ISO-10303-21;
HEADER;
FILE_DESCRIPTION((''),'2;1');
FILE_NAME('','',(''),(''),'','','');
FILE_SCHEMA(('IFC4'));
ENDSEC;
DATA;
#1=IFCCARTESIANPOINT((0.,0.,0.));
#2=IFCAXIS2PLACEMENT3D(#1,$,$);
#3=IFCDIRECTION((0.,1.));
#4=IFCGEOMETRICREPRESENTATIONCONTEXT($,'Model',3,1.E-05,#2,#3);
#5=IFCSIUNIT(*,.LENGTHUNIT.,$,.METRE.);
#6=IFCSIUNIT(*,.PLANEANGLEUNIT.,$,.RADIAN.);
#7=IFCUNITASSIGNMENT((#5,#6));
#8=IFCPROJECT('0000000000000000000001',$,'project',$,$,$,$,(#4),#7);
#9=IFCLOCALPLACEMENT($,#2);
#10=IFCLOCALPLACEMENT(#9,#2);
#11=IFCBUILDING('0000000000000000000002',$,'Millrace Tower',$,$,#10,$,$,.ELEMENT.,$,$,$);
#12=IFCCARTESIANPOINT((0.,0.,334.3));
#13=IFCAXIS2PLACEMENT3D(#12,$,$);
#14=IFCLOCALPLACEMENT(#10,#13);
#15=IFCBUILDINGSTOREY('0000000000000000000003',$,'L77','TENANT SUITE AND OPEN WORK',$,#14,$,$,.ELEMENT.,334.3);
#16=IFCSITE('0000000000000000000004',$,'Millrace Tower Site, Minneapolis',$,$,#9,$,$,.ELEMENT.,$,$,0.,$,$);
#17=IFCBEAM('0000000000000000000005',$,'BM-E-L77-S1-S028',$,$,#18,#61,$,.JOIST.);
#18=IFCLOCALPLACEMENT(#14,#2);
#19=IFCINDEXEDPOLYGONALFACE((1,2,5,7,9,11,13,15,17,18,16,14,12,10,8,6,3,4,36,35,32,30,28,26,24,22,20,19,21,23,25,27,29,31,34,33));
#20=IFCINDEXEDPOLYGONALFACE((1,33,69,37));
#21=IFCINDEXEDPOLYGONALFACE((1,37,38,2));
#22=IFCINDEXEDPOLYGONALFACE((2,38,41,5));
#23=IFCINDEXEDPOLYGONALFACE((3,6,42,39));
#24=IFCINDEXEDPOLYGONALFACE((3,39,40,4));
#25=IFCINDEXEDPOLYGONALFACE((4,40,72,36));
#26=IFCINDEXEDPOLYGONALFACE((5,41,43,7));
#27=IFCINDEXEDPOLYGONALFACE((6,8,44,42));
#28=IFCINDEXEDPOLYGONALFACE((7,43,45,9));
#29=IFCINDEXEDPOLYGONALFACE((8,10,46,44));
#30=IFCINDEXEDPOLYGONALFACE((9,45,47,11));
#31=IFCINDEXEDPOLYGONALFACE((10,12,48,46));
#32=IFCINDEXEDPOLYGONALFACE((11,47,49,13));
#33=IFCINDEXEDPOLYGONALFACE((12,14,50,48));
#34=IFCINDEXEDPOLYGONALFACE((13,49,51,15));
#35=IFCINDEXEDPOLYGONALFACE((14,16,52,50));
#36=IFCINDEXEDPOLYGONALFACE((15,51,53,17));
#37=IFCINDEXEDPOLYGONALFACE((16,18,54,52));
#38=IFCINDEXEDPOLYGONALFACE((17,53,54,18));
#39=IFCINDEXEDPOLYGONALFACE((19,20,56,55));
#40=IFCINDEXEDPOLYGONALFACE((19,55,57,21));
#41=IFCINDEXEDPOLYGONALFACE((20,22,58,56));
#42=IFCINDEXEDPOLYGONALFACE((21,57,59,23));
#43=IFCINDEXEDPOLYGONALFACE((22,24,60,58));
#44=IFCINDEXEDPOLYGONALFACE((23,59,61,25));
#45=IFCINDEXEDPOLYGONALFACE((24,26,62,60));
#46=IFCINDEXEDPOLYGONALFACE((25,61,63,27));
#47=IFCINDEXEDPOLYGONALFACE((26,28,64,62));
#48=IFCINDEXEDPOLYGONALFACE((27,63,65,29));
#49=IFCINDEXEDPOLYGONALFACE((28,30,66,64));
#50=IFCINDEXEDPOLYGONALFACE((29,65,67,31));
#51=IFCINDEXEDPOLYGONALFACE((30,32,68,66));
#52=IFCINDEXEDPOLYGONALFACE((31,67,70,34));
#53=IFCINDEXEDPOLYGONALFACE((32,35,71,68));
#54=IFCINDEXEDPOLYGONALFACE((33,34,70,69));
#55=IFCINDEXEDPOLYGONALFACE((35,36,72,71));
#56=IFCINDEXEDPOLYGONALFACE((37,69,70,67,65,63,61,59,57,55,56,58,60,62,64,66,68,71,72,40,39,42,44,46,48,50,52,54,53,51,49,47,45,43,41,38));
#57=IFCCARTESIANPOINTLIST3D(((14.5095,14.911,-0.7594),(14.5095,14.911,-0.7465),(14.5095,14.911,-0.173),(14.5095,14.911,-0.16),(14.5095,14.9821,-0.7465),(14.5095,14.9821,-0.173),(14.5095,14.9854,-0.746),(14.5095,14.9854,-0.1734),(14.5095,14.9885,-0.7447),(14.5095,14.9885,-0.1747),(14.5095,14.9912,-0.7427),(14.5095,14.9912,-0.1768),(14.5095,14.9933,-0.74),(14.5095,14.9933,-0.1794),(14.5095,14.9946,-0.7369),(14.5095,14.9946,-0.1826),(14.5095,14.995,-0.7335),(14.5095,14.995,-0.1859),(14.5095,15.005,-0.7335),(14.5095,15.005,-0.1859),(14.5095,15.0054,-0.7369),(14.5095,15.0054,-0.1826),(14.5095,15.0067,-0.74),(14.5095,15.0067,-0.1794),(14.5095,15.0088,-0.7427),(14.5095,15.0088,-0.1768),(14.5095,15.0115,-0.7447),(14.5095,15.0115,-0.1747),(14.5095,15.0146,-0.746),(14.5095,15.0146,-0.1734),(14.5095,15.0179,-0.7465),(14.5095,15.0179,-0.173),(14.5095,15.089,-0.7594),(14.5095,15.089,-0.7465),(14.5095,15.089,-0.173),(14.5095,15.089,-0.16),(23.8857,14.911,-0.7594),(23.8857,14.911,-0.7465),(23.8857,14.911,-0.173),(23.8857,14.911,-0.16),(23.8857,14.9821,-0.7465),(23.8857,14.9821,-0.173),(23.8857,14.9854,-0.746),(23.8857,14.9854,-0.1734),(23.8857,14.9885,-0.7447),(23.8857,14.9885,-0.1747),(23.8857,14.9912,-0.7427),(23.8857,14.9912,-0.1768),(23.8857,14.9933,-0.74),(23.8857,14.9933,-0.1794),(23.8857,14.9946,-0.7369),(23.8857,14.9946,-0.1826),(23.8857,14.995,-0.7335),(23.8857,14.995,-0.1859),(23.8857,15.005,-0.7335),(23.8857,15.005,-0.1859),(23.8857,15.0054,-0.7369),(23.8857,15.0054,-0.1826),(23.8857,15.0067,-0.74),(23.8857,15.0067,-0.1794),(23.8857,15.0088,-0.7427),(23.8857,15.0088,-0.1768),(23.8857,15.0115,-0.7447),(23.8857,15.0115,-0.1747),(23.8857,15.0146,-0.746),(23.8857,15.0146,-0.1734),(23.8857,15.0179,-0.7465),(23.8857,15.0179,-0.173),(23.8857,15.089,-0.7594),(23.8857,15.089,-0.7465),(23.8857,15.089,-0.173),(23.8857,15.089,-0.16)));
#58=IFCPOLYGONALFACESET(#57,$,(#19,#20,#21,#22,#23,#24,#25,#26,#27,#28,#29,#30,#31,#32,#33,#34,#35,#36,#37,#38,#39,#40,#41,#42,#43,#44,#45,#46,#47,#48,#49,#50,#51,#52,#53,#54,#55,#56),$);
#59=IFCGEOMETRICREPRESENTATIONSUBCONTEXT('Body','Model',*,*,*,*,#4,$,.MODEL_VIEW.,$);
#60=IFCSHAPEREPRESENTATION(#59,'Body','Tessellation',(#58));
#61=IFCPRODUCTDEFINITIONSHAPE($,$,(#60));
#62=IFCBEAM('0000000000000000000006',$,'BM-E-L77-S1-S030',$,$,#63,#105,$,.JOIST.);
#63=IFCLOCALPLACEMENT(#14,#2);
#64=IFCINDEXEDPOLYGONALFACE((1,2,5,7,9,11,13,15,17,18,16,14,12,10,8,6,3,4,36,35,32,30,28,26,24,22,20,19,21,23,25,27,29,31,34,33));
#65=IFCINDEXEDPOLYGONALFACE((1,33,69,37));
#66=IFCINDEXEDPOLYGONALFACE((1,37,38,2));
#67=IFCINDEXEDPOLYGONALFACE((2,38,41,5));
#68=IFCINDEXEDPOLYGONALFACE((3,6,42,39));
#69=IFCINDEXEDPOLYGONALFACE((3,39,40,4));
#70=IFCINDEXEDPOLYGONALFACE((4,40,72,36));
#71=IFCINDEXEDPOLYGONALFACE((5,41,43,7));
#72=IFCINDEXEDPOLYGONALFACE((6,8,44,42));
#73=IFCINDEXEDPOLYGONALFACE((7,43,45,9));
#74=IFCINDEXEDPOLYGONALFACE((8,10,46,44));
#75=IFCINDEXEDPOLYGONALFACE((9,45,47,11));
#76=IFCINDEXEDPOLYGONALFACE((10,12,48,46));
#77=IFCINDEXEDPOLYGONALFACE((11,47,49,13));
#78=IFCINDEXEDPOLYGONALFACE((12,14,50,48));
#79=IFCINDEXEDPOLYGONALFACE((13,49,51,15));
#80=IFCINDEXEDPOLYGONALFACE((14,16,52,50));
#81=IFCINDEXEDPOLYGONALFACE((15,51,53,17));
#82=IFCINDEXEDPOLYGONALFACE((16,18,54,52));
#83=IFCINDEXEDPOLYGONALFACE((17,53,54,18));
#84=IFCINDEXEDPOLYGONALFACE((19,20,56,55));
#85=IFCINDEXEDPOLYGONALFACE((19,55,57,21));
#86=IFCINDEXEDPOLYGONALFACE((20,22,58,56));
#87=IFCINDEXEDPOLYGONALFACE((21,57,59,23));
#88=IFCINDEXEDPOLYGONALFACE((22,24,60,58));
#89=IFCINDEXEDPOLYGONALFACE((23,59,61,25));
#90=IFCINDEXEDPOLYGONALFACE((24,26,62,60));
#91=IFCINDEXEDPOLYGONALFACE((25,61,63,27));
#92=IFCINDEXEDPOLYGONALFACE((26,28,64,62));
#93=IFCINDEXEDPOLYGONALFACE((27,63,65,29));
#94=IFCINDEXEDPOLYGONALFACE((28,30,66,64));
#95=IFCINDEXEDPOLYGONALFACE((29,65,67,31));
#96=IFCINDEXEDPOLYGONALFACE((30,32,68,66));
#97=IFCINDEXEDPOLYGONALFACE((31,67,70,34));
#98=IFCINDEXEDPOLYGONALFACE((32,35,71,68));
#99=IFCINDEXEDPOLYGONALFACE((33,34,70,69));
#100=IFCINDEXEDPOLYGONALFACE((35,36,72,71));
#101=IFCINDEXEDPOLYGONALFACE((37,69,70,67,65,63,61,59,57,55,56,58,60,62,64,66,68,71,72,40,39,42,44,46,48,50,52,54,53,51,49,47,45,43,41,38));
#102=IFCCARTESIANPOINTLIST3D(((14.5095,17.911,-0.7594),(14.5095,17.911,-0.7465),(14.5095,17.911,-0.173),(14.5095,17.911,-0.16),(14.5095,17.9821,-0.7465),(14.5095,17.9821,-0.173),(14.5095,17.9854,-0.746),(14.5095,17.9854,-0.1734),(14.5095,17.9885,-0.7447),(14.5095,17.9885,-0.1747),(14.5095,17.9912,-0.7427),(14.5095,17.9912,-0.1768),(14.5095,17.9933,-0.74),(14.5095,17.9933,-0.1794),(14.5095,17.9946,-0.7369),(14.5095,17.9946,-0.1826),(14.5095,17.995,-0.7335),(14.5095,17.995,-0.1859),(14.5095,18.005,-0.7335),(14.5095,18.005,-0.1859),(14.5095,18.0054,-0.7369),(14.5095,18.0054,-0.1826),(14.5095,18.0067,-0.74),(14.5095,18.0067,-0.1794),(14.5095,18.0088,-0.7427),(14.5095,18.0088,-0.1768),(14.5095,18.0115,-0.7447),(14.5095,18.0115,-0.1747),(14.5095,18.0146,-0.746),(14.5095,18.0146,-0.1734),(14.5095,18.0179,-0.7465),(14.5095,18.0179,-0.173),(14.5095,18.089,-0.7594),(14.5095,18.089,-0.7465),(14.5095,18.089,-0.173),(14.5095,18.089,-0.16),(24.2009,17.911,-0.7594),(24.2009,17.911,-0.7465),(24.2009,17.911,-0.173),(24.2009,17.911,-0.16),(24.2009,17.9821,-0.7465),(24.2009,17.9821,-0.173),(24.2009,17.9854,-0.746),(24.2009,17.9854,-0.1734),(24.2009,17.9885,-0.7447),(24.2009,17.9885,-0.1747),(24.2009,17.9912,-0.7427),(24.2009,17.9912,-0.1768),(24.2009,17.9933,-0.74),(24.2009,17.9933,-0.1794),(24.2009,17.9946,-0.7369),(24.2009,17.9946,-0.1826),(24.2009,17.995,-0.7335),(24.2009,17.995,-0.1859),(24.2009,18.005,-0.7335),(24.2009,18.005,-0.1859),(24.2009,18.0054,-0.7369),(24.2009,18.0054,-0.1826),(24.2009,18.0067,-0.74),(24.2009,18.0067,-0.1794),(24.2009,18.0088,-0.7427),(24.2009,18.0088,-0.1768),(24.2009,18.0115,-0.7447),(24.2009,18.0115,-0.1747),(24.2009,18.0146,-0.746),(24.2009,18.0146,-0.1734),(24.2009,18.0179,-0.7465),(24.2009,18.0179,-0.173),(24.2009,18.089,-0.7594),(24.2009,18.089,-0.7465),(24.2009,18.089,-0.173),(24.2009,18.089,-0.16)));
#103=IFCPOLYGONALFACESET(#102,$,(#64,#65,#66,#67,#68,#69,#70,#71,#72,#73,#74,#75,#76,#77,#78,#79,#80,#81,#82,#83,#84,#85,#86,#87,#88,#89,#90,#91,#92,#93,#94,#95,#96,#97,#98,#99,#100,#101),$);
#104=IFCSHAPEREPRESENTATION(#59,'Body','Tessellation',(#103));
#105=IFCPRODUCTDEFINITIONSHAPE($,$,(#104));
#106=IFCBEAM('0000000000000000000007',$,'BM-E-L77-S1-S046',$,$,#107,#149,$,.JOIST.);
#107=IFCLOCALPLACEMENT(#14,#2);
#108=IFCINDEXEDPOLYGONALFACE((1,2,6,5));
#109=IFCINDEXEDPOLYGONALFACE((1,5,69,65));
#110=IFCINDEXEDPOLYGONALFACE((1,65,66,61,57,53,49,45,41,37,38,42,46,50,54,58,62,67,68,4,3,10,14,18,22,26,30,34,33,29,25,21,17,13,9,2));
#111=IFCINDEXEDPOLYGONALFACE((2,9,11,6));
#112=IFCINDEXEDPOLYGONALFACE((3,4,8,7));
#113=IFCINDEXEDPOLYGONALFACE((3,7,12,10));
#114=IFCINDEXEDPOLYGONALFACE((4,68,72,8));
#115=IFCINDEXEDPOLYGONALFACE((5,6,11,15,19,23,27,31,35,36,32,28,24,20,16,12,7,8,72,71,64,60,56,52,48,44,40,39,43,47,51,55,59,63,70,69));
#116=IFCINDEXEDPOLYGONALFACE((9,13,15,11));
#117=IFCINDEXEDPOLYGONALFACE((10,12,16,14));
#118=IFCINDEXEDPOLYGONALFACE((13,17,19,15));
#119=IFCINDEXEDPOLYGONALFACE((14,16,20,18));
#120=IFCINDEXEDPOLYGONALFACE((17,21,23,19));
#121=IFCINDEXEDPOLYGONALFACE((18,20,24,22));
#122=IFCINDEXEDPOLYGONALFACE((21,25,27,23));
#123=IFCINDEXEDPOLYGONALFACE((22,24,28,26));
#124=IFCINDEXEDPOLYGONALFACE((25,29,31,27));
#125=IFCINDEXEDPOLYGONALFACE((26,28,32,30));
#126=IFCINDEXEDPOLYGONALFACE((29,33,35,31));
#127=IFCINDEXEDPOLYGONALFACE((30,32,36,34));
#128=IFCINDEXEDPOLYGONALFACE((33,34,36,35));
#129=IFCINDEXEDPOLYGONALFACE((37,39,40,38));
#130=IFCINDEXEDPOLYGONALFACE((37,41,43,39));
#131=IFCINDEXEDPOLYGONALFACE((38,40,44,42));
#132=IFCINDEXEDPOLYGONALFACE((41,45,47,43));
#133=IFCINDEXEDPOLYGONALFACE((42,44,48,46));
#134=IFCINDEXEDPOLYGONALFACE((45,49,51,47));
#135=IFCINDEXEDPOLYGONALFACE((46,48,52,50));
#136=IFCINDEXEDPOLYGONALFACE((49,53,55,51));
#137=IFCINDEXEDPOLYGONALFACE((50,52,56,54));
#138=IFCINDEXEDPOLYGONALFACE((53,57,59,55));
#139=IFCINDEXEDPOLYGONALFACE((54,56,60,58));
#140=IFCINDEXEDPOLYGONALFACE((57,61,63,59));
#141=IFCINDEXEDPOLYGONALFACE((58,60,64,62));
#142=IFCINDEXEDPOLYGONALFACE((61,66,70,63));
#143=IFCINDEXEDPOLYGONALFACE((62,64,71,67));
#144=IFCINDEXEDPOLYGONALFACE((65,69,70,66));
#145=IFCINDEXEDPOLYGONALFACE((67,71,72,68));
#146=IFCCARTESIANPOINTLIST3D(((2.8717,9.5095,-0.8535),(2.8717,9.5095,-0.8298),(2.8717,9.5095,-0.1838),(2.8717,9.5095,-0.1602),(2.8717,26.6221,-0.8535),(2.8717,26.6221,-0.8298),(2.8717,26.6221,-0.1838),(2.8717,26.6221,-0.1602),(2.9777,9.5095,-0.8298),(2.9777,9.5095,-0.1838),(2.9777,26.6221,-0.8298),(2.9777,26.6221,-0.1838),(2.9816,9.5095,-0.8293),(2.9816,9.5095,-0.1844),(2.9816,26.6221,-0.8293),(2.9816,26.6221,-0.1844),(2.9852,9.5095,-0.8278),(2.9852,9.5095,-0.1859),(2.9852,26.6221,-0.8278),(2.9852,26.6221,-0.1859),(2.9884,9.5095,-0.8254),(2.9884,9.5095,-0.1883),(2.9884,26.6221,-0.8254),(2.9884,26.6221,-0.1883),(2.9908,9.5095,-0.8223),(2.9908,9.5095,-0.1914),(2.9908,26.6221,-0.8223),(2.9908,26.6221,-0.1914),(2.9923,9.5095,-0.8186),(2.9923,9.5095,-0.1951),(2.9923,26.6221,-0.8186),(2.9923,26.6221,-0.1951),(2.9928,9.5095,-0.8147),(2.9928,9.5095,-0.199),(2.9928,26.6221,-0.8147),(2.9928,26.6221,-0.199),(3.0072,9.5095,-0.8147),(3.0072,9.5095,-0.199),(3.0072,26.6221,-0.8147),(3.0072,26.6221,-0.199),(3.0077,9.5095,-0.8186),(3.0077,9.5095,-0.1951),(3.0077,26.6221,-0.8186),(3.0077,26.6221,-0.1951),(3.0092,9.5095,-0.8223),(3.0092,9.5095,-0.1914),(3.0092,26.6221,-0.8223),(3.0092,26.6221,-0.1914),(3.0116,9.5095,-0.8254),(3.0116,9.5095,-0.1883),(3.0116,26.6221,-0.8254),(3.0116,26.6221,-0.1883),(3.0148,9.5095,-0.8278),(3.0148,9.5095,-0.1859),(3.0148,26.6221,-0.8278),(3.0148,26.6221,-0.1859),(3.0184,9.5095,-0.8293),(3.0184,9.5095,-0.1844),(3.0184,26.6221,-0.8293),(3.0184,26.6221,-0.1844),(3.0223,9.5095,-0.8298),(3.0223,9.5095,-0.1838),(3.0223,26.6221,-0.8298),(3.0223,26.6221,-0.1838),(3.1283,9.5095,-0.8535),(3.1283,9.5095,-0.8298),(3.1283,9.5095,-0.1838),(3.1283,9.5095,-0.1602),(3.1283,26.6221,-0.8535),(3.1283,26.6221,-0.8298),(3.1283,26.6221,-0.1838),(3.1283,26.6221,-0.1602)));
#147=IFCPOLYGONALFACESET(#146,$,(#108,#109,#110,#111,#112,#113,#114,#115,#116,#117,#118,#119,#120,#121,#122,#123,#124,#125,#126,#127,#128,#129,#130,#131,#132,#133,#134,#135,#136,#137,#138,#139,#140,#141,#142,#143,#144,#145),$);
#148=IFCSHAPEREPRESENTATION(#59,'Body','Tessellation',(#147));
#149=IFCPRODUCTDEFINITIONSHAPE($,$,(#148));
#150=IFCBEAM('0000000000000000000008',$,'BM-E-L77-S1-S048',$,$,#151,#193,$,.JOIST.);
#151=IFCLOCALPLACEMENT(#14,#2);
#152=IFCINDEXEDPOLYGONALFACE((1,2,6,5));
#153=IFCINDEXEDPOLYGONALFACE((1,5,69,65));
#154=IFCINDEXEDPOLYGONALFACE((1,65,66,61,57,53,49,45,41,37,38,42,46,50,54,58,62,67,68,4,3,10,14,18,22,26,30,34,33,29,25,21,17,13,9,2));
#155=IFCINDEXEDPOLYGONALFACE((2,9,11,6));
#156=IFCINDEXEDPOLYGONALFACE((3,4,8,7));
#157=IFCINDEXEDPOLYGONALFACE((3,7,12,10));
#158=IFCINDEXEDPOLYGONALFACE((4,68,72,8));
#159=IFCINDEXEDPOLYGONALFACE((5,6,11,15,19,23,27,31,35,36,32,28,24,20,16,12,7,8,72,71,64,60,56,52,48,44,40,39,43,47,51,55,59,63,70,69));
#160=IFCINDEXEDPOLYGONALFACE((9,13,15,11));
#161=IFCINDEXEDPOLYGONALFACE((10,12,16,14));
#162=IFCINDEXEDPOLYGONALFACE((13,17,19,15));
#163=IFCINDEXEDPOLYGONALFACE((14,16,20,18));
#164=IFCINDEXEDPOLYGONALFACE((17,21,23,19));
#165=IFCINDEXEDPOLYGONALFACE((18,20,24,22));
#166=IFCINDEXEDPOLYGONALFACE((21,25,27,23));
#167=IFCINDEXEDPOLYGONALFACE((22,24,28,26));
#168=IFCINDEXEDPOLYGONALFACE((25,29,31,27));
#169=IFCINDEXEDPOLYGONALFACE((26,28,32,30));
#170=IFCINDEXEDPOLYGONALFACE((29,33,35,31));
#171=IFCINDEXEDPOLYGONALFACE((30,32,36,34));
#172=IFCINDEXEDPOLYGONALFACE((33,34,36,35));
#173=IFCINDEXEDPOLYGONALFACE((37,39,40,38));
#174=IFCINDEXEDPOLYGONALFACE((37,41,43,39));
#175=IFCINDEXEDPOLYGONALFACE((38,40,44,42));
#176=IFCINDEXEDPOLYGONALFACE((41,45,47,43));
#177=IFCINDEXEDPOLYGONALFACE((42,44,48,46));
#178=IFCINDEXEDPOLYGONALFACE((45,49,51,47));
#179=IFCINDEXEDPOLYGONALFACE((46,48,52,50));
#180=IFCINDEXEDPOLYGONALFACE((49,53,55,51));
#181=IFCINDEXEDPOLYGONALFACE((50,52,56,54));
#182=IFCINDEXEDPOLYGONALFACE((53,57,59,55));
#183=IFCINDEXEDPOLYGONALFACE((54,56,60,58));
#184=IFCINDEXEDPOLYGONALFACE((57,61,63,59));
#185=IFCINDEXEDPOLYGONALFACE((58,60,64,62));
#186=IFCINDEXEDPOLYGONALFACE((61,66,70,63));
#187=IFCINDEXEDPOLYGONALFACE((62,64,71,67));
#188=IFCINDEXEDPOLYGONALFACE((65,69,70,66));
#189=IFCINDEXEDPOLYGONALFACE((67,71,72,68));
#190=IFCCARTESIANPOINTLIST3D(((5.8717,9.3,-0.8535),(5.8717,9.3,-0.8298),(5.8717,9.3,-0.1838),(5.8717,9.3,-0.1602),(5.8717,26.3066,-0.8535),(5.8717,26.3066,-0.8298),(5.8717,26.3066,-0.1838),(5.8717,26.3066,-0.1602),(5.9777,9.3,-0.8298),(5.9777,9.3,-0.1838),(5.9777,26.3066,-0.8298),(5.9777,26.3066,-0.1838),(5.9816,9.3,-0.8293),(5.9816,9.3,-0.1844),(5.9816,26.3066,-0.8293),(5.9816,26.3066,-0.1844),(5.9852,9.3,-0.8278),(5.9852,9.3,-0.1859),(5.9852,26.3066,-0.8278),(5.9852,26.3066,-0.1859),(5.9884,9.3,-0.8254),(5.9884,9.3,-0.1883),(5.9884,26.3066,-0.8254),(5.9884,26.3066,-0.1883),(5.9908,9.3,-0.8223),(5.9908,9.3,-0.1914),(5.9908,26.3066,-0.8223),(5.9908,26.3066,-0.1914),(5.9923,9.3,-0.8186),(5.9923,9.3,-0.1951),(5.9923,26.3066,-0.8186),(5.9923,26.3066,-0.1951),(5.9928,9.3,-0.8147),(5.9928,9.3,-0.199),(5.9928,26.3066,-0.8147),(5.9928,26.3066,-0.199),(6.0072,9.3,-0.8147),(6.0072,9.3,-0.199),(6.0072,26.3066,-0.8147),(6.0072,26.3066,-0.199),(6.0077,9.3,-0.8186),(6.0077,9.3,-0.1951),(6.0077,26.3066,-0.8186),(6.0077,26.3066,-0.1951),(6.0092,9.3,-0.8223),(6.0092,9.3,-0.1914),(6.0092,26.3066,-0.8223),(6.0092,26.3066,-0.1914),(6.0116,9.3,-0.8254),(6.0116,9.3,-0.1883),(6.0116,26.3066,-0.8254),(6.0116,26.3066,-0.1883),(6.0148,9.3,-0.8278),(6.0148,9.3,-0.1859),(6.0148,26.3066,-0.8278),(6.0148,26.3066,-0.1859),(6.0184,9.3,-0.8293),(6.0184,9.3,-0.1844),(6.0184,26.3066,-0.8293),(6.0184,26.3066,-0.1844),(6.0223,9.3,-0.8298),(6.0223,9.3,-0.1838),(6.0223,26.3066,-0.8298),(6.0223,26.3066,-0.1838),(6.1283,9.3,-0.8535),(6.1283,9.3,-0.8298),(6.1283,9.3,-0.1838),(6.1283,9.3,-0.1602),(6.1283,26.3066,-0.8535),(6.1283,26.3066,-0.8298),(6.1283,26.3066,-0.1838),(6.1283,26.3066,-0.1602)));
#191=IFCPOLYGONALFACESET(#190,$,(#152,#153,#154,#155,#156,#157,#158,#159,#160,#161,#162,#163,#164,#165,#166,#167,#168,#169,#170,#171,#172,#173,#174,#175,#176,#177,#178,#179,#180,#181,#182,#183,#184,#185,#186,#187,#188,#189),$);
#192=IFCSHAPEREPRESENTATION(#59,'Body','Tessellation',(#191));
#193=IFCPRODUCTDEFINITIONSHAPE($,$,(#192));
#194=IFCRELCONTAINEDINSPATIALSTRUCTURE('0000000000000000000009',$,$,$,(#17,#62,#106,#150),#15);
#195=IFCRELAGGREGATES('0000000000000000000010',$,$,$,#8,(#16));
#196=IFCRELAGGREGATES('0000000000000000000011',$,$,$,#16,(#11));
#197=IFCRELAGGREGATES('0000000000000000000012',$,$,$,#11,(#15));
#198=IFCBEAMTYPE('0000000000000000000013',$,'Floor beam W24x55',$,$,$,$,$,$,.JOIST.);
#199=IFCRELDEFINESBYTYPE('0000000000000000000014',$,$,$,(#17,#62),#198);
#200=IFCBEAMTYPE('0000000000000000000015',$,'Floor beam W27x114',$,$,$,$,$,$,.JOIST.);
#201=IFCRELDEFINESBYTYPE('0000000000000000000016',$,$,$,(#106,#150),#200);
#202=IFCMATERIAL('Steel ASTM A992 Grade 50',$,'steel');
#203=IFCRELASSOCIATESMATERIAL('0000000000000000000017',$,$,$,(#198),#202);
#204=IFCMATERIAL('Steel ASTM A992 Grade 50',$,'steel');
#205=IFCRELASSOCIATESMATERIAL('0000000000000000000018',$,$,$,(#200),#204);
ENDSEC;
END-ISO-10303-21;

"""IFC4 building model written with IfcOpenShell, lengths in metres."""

from ifc_helpers import new_model, si_unit, direction, frame, origin, origin_2d, place, context, subcontext, project, spatial, i_section, extrude, material, material_profile, profile_set, type_object, element, save


model = new_model("IFC4")

# Units and contexts
model_context = context("Model", 3, precision=1e-05, world=origin(), true_north=direction((0.0, 1.0)))
body_context = subcontext(model_context, "Body", "Model", "MODEL_VIEW")
ifc_project = project(units=[si_unit("LENGTHUNIT", "METRE"), si_unit("PLANEANGLEUNIT", "RADIAN")], contexts=[model_context])

# Site, building, storey
site_placement = place(None, origin())
site = spatial("IfcSite", under=ifc_project, at=site_placement, Name="Millrace Tower Site, Minneapolis", CompositionType="ELEMENT", RefElevation=0.0)
building_placement = place(site_placement, origin())
building = spatial("IfcBuilding", under=site, at=building_placement, Name="Millrace Tower", CompositionType="ELEMENT")
storey_placement = place(building_placement, frame((0.0, 0.0, 334.3)))
storey = spatial("IfcBuildingStorey", under=building, at=storey_placement, Name="L77", Description="TENANT SUITE AND OPEN WORK", CompositionType="ELEMENT", Elevation=334.3)

# Beams
ifc_material_1 = material(Name="Steel ASTM A992 Grade 50", Category="steel")
ifc_material_profile_1 = material_profile(ifc_material_1, i_section(OverallWidth=0.178, OverallDepth=0.5994, WebThickness=0.01, FlangeThickness=0.0129, FilletRadius=0.0129, at=origin_2d()))
ifc_profile_set_1 = profile_set([ifc_material_profile_1], Name="Steel ASTM A992 Grade 50")
beam_type_1 = type_object("IfcBeamType", Name="Floor beam W24x55", PredefinedType="JOIST", material=ifc_profile_set_1)
beam_1_placement = place(storey_placement, frame((14.5095, 15.0, -0.4597), z_axis=(1.0, 0.0, 0.0), x_axis=(0.0, 1.0, 0.0)))
element("IfcBeam", 1, at=beam_1_placement, inside=storey, type_object=beam_type_1, Name="BM-E-L77-S1-S028", PredefinedType="JOIST", context=body_context, shape_type="SweptSolid", body=[
    extrude(i_section(OverallWidth=0.178, OverallDepth=0.5994, WebThickness=0.01, FlangeThickness=0.0129, FilletRadius=0.0129, at=origin_2d()), origin(), (0.0, 0.0, 1.0), 9.3762),
])
beam_2_placement = place(storey_placement, frame((14.5095, 18.0, -0.4597), z_axis=(1.0, 0.0, 0.0), x_axis=(0.0, 1.0, 0.0)))
element("IfcBeam", 2, at=beam_2_placement, inside=storey, type_object=beam_type_1, Name="BM-E-L77-S1-S030", PredefinedType="JOIST", context=body_context, shape_type="SweptSolid", body=[
    extrude(i_section(OverallWidth=0.178, OverallDepth=0.5994, WebThickness=0.01, FlangeThickness=0.0129, FilletRadius=0.0129, at=origin_2d()), origin(), (0.0, 0.0, 1.0), 9.6914),
])
ifc_material_2 = material(Name="Steel ASTM A992 Grade 50", Category="steel")
ifc_material_profile_2 = material_profile(ifc_material_2, i_section(OverallWidth=0.2566, OverallDepth=0.6934, WebThickness=0.0144, FlangeThickness=0.0237, FilletRadius=0.0151, at=origin_2d()))
ifc_profile_set_2 = profile_set([ifc_material_profile_2], Name="Steel ASTM A992 Grade 50")
beam_type_2 = type_object("IfcBeamType", Name="Floor beam W27x114", PredefinedType="JOIST", material=ifc_profile_set_2)
beam_3_placement = place(storey_placement, frame((3.0, 9.5095, -0.5068), z_axis=(0.0, 1.0, 0.0), x_axis=(-1.0, 0.0, 0.0)))
element("IfcBeam", 3, at=beam_3_placement, inside=storey, type_object=beam_type_2, Name="BM-E-L77-S1-S046", PredefinedType="JOIST", context=body_context, shape_type="SweptSolid", body=[
    extrude(i_section(OverallWidth=0.2566, OverallDepth=0.6934, WebThickness=0.0144, FlangeThickness=0.0237, FilletRadius=0.0151, at=origin_2d()), origin(), (0.0, 0.0, 1.0), 17.1125),
])
beam_4_placement = place(storey_placement, frame((6.0, 9.3, -0.5068), z_axis=(0.0, 1.0, 0.0), x_axis=(-1.0, 0.0, 0.0)))
element("IfcBeam", 4, at=beam_4_placement, inside=storey, type_object=beam_type_2, Name="BM-E-L77-S1-S048", PredefinedType="JOIST", context=body_context, shape_type="SweptSolid", body=[
    extrude(i_section(OverallWidth=0.2566, OverallDepth=0.6934, WebThickness=0.0144, FlangeThickness=0.0237, FilletRadius=0.0151, at=origin_2d()), origin(), (0.0, 0.0, 1.0), 17.0066),
])

save(model, "model.ifc")
